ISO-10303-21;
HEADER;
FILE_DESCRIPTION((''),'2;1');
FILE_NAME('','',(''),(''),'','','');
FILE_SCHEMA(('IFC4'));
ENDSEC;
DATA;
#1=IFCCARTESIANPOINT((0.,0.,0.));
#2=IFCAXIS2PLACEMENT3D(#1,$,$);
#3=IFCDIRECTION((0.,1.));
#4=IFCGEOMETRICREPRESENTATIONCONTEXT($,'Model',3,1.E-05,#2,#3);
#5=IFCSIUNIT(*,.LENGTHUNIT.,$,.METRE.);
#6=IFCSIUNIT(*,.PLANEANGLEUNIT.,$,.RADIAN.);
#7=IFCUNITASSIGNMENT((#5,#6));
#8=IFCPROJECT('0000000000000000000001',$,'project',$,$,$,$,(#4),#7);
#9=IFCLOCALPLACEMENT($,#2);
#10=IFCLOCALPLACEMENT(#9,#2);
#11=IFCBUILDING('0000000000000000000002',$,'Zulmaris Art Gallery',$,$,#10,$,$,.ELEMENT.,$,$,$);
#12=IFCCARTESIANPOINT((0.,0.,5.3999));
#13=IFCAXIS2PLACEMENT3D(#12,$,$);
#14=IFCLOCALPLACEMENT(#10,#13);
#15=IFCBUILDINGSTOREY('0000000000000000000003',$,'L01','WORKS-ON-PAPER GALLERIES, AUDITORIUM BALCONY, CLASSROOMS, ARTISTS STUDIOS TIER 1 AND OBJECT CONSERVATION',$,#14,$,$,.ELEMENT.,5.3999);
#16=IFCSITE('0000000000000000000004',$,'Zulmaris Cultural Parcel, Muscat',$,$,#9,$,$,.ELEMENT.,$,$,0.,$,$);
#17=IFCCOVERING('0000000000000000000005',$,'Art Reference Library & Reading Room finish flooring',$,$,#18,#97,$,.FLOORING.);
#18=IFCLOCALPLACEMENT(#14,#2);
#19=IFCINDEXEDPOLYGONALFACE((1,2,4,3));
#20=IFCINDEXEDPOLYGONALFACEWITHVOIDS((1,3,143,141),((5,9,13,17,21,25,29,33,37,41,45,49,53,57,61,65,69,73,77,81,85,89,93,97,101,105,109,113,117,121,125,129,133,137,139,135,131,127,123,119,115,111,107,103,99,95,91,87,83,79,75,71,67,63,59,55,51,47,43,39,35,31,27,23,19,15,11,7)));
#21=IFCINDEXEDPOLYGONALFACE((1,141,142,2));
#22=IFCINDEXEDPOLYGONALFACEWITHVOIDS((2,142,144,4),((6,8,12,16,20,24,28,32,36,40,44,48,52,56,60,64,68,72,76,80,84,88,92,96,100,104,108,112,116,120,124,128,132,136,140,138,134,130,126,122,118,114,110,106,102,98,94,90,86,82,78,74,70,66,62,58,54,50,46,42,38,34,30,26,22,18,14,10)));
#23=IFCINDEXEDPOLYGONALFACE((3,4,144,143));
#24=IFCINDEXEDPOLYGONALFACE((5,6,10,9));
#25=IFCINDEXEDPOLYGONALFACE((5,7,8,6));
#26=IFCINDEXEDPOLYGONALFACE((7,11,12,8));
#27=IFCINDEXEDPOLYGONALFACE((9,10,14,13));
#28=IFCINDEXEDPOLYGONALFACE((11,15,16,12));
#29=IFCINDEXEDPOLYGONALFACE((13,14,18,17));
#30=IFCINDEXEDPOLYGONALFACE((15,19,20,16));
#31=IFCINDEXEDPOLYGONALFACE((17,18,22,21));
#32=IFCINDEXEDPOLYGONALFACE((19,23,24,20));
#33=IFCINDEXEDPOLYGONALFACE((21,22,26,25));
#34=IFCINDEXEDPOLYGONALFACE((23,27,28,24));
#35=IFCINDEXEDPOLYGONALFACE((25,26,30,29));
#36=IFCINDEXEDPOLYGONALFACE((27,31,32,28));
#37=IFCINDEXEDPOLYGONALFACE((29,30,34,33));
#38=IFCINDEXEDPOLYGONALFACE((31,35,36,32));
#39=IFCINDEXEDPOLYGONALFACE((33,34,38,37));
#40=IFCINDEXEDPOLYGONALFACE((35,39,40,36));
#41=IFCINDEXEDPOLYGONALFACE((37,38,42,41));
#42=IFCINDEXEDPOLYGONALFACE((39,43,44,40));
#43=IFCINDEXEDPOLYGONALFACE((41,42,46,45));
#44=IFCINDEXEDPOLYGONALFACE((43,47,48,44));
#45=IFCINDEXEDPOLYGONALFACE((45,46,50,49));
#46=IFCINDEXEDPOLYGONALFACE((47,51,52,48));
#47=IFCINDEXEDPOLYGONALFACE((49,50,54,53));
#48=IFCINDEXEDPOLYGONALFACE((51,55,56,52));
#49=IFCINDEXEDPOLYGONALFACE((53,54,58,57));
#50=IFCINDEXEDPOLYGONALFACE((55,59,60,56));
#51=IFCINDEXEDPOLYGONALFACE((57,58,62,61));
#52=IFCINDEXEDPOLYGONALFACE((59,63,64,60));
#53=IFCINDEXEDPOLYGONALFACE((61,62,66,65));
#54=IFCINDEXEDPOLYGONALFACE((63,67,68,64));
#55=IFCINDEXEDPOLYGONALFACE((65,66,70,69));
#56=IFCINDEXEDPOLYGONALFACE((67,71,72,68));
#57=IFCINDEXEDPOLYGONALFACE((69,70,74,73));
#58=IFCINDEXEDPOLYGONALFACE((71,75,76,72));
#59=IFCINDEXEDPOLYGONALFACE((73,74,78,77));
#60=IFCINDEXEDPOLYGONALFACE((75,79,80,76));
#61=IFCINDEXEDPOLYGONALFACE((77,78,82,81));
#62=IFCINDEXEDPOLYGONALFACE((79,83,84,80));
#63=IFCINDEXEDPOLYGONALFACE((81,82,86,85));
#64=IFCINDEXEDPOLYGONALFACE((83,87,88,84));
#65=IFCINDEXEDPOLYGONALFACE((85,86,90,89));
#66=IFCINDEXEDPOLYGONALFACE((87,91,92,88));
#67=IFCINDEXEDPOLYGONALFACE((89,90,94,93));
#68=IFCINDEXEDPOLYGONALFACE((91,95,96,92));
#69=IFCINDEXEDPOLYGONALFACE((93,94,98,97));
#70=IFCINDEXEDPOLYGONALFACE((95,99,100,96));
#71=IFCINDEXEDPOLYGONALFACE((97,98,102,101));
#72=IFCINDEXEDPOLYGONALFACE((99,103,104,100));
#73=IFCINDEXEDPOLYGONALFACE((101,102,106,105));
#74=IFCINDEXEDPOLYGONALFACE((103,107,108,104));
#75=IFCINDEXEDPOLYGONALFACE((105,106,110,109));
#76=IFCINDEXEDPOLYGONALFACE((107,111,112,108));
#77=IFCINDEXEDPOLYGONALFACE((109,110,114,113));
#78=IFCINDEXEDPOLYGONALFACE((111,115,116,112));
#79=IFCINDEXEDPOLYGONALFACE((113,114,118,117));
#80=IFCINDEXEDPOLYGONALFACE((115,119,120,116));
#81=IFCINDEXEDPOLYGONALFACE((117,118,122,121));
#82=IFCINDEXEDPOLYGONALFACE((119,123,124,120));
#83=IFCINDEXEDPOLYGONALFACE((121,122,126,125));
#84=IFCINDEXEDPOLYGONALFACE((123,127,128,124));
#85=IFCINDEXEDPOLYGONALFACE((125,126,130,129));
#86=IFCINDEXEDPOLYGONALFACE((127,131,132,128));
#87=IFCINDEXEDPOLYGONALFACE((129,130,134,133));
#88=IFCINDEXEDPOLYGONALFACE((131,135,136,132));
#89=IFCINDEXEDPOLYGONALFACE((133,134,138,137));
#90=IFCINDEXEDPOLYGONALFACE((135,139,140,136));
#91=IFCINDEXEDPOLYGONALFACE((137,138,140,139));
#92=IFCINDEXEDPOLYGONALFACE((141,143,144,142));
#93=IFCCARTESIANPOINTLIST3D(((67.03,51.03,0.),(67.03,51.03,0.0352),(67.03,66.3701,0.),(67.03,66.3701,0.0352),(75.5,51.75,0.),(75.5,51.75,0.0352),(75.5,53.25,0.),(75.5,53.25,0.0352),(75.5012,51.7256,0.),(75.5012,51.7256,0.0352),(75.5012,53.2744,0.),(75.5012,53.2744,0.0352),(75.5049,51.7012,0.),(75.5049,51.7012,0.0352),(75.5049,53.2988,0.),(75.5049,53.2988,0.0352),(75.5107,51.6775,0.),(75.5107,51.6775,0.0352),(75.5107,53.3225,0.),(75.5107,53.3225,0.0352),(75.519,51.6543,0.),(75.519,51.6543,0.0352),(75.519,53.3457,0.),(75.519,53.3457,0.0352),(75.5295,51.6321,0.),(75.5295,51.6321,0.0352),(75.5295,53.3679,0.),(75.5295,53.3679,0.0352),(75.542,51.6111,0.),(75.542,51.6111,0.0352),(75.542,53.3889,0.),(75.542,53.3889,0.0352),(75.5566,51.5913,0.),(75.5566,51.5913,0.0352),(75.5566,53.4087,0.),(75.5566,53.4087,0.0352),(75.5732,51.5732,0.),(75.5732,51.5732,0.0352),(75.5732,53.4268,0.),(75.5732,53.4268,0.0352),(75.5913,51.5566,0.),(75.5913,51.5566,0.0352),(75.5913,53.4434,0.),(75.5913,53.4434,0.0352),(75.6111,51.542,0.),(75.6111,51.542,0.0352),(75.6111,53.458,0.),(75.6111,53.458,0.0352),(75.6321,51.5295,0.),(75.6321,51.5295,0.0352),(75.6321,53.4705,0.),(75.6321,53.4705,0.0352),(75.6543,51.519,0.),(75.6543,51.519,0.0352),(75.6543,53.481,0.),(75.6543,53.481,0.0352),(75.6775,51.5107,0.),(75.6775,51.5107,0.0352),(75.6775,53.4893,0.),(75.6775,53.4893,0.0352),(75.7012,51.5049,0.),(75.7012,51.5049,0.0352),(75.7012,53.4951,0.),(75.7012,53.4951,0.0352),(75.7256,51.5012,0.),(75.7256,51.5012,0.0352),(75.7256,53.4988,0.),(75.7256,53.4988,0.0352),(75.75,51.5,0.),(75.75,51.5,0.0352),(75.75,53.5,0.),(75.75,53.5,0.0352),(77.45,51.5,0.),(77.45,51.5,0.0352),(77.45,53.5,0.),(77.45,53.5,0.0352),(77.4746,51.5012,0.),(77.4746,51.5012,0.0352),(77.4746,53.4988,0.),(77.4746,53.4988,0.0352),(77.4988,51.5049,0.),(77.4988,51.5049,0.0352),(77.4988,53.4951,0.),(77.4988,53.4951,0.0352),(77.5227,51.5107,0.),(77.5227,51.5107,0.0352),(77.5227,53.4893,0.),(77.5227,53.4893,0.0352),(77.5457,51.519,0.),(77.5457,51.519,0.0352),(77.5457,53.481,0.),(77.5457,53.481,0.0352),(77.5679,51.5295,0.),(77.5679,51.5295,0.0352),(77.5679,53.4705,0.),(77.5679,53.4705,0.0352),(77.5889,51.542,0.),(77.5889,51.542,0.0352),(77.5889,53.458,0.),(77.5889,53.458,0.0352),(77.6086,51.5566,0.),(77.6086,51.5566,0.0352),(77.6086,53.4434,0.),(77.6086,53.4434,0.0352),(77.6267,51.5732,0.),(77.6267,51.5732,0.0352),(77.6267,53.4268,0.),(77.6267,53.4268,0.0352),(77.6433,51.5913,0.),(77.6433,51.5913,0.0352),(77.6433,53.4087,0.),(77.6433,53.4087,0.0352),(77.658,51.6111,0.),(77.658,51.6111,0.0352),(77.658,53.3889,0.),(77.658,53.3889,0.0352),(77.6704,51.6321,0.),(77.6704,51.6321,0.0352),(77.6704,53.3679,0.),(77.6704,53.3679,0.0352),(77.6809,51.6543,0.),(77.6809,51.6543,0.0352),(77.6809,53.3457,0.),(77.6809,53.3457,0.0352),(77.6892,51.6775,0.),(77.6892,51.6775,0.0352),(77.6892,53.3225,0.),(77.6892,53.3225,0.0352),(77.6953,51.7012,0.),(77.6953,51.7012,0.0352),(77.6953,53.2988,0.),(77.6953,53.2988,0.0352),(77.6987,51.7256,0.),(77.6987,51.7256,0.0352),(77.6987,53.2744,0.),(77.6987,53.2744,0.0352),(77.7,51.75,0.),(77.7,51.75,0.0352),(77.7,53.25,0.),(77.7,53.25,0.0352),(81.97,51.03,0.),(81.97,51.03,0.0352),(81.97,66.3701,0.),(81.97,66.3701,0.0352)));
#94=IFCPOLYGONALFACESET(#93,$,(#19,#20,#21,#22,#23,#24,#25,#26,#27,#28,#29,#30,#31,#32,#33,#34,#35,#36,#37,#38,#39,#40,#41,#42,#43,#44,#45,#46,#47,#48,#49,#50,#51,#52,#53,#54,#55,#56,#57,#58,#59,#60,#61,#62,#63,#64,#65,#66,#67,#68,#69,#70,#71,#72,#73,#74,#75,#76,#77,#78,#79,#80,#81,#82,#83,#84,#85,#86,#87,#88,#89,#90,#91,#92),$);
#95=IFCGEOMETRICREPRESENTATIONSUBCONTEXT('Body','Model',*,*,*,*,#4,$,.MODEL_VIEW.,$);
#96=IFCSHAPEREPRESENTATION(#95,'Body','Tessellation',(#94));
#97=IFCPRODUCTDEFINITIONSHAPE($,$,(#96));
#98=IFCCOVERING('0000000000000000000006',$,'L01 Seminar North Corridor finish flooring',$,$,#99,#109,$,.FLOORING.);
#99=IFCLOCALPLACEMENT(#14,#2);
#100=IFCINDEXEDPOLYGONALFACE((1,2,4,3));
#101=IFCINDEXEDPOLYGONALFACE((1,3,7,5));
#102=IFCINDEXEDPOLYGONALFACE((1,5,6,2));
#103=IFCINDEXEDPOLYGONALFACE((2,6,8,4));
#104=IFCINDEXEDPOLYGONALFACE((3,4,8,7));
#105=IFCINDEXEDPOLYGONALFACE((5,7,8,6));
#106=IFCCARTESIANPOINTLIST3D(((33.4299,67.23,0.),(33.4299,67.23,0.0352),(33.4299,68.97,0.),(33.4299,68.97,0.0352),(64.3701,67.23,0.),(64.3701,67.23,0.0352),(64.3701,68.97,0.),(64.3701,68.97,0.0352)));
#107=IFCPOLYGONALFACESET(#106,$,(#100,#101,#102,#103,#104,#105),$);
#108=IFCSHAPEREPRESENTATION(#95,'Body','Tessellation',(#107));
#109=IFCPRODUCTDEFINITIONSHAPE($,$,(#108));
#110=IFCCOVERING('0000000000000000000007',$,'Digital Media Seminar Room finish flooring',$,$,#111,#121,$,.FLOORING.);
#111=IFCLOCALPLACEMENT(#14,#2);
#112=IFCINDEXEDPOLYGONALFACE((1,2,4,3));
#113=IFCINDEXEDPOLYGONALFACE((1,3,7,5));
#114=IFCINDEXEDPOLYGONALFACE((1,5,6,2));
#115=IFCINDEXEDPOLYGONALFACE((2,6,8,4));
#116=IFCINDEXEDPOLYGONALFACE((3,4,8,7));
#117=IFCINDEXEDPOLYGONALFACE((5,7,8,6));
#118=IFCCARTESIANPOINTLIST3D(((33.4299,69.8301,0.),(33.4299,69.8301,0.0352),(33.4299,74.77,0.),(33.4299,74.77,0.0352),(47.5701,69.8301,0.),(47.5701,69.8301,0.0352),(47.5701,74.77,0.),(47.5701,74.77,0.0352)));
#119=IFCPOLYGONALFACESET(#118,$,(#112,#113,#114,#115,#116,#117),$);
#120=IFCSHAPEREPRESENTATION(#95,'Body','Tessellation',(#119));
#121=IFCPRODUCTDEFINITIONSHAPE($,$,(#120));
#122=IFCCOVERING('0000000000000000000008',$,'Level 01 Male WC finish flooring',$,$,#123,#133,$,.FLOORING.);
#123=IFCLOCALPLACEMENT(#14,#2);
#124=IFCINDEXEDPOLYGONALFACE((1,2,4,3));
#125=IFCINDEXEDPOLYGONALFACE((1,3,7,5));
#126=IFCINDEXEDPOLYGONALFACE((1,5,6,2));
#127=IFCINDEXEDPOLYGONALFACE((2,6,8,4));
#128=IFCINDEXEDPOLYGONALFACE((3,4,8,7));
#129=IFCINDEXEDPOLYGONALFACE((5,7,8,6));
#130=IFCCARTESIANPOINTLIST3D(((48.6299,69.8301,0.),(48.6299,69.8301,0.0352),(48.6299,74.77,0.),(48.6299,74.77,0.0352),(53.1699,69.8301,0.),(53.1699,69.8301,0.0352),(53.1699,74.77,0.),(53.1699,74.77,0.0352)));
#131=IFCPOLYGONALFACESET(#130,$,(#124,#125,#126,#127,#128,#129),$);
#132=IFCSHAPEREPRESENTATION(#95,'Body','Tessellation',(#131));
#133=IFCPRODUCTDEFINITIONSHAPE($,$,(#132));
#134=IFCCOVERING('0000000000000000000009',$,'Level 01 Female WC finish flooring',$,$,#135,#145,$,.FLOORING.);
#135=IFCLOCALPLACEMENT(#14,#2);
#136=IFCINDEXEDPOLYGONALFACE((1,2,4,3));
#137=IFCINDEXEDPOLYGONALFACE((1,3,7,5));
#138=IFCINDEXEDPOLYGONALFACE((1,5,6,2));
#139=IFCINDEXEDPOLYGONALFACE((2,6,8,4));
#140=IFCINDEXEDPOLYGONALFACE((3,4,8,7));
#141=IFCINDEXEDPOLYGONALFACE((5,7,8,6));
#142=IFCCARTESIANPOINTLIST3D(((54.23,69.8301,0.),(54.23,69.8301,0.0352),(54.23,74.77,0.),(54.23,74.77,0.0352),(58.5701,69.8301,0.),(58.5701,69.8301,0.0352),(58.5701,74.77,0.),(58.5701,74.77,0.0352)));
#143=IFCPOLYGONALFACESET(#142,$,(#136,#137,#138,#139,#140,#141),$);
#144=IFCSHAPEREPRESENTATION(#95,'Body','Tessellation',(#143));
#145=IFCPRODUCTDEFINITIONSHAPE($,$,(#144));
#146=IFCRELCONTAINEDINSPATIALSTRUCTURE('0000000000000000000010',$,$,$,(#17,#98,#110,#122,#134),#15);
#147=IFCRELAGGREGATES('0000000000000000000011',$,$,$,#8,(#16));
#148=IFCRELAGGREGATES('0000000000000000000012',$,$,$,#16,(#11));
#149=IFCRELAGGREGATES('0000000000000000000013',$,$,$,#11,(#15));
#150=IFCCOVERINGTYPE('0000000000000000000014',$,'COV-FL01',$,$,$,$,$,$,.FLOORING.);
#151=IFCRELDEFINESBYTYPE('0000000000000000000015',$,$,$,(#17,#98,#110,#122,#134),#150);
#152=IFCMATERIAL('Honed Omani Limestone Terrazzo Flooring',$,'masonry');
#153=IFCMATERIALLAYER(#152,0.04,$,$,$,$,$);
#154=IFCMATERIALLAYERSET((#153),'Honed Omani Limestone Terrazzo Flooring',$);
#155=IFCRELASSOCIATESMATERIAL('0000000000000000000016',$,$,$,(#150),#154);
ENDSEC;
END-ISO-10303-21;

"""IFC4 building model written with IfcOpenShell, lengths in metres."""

from ifc_helpers import new_model, si_unit, direction, frame, origin, place, context, subcontext, project, spatial, polyline, outline, extrude, material, layer, layer_set, type_object, element, save


model = new_model("IFC4")

# Units and contexts
model_context = context("Model", 3, precision=1e-05, world=origin(), true_north=direction((0.0, 1.0)))
body_context = subcontext(model_context, "Body", "Model", "MODEL_VIEW")
ifc_project = project(units=[si_unit("LENGTHUNIT", "METRE"), si_unit("PLANEANGLEUNIT", "RADIAN")], contexts=[model_context])

# Site, building, storey
site_placement = place(None, origin())
site = spatial("IfcSite", under=ifc_project, at=site_placement, Name="Zulmaris Cultural Parcel, Muscat", CompositionType="ELEMENT", RefElevation=0.0)
building_placement = place(site_placement, origin())
building = spatial("IfcBuilding", under=site, at=building_placement, Name="Zulmaris Art Gallery", CompositionType="ELEMENT")
storey_placement = place(building_placement, frame((0.0, 0.0, 5.3999)))
storey = spatial("IfcBuildingStorey", under=building, at=storey_placement, Name="L01", Description="WORKS-ON-PAPER GALLERIES, AUDITORIUM BALCONY, CLASSROOMS, ARTISTS STUDIOS TIER 1 AND OBJECT CONSERVATION", CompositionType="ELEMENT", Elevation=5.3999)

# Coverings
ifc_material_1 = material(Name="Honed Omani Limestone Terrazzo Flooring", Category="masonry")
ifc_layer_1 = layer(ifc_material_1, 0.04)
ifc_layer_set_1 = layer_set([ifc_layer_1], Name="Honed Omani Limestone Terrazzo Flooring")
covering_type_1 = type_object("IfcCoveringType", Name="COV-FL01", PredefinedType="FLOORING", material=ifc_layer_set_1)
covering_1_placement = place(storey_placement, origin())
element("IfcCovering", 1, at=covering_1_placement, inside=storey, type_object=covering_type_1, Name="Art Reference Library & Reading Room finish flooring", PredefinedType="FLOORING", context=body_context, shape_type="SweptSolid", body=[
    extrude(outline(polyline([(81.97, 51.03), (67.03, 51.03), (67.03, 66.3701), (81.97, 66.3701), (81.97, 51.03)]), holes=[polyline([(75.7256, 53.4988), (75.7012, 53.4951), (75.6775, 53.4893), (75.6543, 53.481), (75.6321, 53.4705), (75.6111, 53.458), (75.5913, 53.4434), (75.5732, 53.4268), (75.5566, 53.4087), (75.542, 53.3889), (75.5295, 53.3679), (75.519, 53.3457), (75.5107, 53.3225), (75.5049, 53.2988), (75.5012, 53.2744), (75.5, 53.25), (75.5, 51.75), (75.5012, 51.7256), (75.5049, 51.7012), (75.5107, 51.6775), (75.519, 51.6543), (75.5295, 51.6321), (75.542, 51.6111), (75.5566, 51.5913), (75.5732, 51.5732), (75.5913, 51.5566), (75.6111, 51.542), (75.6321, 51.5295), (75.6543, 51.519), (75.6775, 51.5107), (75.7012, 51.5049), (75.7256, 51.5012), (75.75, 51.5), (77.45, 51.5), (77.4746, 51.5012), (77.4988, 51.5049), (77.5227, 51.5107), (77.5457, 51.519), (77.5679, 51.5295), (77.5889, 51.542), (77.6086, 51.5566), (77.6267, 51.5732), (77.6433, 51.5913), (77.658, 51.6111), (77.6704, 51.6321), (77.6809, 51.6543), (77.6892, 51.6775), (77.6953, 51.7012), (77.6987, 51.7256), (77.7, 51.75), (77.7, 53.25), (77.6987, 53.2744), (77.6953, 53.2988), (77.6892, 53.3225), (77.6809, 53.3457), (77.6704, 53.3679), (77.658, 53.3889), (77.6433, 53.4087), (77.6267, 53.4268), (77.6086, 53.4434), (77.5889, 53.458), (77.5679, 53.4705), (77.5457, 53.481), (77.5227, 53.4893), (77.4988, 53.4951), (77.4746, 53.4988), (77.45, 53.5), (75.75, 53.5), (75.7256, 53.4988)])]), origin(), (0.0, 0.0, 1.0), 0.0352),
])
covering_2_placement = place(storey_placement, origin())
element("IfcCovering", 2, at=covering_2_placement, inside=storey, type_object=covering_type_1, Name="L01 Seminar North Corridor finish flooring", PredefinedType="FLOORING", context=body_context, shape_type="SweptSolid", body=[
    extrude(outline(polyline([(64.3701, 67.23), (33.4299, 67.23), (33.4299, 68.97), (64.3701, 68.97), (64.3701, 67.23)])), origin(), (0.0, 0.0, 1.0), 0.0352),
])
covering_3_placement = place(storey_placement, origin())
element("IfcCovering", 3, at=covering_3_placement, inside=storey, type_object=covering_type_1, Name="Digital Media Seminar Room finish flooring", PredefinedType="FLOORING", context=body_context, shape_type="SweptSolid", body=[
    extrude(outline(polyline([(47.5701, 69.8301), (33.4299, 69.8301), (33.4299, 74.77), (47.5701, 74.77), (47.5701, 69.8301)])), origin(), (0.0, 0.0, 1.0), 0.0352),
])
covering_4_placement = place(storey_placement, origin())
element("IfcCovering", 4, at=covering_4_placement, inside=storey, type_object=covering_type_1, Name="Level 01 Male WC finish flooring", PredefinedType="FLOORING", context=body_context, shape_type="SweptSolid", body=[
    extrude(outline(polyline([(53.1699, 69.8301), (48.6299, 69.8301), (48.6299, 74.77), (53.1699, 74.77), (53.1699, 69.8301)])), origin(), (0.0, 0.0, 1.0), 0.0352),
])
covering_5_placement = place(storey_placement, origin())
element("IfcCovering", 5, at=covering_5_placement, inside=storey, type_object=covering_type_1, Name="Level 01 Female WC finish flooring", PredefinedType="FLOORING", context=body_context, shape_type="SweptSolid", body=[
    extrude(outline(polyline([(58.5701, 69.8301), (54.23, 69.8301), (54.23, 74.77), (58.5701, 74.77), (58.5701, 69.8301)])), origin(), (0.0, 0.0, 1.0), 0.0352),
])

save(model, "model.ifc")
